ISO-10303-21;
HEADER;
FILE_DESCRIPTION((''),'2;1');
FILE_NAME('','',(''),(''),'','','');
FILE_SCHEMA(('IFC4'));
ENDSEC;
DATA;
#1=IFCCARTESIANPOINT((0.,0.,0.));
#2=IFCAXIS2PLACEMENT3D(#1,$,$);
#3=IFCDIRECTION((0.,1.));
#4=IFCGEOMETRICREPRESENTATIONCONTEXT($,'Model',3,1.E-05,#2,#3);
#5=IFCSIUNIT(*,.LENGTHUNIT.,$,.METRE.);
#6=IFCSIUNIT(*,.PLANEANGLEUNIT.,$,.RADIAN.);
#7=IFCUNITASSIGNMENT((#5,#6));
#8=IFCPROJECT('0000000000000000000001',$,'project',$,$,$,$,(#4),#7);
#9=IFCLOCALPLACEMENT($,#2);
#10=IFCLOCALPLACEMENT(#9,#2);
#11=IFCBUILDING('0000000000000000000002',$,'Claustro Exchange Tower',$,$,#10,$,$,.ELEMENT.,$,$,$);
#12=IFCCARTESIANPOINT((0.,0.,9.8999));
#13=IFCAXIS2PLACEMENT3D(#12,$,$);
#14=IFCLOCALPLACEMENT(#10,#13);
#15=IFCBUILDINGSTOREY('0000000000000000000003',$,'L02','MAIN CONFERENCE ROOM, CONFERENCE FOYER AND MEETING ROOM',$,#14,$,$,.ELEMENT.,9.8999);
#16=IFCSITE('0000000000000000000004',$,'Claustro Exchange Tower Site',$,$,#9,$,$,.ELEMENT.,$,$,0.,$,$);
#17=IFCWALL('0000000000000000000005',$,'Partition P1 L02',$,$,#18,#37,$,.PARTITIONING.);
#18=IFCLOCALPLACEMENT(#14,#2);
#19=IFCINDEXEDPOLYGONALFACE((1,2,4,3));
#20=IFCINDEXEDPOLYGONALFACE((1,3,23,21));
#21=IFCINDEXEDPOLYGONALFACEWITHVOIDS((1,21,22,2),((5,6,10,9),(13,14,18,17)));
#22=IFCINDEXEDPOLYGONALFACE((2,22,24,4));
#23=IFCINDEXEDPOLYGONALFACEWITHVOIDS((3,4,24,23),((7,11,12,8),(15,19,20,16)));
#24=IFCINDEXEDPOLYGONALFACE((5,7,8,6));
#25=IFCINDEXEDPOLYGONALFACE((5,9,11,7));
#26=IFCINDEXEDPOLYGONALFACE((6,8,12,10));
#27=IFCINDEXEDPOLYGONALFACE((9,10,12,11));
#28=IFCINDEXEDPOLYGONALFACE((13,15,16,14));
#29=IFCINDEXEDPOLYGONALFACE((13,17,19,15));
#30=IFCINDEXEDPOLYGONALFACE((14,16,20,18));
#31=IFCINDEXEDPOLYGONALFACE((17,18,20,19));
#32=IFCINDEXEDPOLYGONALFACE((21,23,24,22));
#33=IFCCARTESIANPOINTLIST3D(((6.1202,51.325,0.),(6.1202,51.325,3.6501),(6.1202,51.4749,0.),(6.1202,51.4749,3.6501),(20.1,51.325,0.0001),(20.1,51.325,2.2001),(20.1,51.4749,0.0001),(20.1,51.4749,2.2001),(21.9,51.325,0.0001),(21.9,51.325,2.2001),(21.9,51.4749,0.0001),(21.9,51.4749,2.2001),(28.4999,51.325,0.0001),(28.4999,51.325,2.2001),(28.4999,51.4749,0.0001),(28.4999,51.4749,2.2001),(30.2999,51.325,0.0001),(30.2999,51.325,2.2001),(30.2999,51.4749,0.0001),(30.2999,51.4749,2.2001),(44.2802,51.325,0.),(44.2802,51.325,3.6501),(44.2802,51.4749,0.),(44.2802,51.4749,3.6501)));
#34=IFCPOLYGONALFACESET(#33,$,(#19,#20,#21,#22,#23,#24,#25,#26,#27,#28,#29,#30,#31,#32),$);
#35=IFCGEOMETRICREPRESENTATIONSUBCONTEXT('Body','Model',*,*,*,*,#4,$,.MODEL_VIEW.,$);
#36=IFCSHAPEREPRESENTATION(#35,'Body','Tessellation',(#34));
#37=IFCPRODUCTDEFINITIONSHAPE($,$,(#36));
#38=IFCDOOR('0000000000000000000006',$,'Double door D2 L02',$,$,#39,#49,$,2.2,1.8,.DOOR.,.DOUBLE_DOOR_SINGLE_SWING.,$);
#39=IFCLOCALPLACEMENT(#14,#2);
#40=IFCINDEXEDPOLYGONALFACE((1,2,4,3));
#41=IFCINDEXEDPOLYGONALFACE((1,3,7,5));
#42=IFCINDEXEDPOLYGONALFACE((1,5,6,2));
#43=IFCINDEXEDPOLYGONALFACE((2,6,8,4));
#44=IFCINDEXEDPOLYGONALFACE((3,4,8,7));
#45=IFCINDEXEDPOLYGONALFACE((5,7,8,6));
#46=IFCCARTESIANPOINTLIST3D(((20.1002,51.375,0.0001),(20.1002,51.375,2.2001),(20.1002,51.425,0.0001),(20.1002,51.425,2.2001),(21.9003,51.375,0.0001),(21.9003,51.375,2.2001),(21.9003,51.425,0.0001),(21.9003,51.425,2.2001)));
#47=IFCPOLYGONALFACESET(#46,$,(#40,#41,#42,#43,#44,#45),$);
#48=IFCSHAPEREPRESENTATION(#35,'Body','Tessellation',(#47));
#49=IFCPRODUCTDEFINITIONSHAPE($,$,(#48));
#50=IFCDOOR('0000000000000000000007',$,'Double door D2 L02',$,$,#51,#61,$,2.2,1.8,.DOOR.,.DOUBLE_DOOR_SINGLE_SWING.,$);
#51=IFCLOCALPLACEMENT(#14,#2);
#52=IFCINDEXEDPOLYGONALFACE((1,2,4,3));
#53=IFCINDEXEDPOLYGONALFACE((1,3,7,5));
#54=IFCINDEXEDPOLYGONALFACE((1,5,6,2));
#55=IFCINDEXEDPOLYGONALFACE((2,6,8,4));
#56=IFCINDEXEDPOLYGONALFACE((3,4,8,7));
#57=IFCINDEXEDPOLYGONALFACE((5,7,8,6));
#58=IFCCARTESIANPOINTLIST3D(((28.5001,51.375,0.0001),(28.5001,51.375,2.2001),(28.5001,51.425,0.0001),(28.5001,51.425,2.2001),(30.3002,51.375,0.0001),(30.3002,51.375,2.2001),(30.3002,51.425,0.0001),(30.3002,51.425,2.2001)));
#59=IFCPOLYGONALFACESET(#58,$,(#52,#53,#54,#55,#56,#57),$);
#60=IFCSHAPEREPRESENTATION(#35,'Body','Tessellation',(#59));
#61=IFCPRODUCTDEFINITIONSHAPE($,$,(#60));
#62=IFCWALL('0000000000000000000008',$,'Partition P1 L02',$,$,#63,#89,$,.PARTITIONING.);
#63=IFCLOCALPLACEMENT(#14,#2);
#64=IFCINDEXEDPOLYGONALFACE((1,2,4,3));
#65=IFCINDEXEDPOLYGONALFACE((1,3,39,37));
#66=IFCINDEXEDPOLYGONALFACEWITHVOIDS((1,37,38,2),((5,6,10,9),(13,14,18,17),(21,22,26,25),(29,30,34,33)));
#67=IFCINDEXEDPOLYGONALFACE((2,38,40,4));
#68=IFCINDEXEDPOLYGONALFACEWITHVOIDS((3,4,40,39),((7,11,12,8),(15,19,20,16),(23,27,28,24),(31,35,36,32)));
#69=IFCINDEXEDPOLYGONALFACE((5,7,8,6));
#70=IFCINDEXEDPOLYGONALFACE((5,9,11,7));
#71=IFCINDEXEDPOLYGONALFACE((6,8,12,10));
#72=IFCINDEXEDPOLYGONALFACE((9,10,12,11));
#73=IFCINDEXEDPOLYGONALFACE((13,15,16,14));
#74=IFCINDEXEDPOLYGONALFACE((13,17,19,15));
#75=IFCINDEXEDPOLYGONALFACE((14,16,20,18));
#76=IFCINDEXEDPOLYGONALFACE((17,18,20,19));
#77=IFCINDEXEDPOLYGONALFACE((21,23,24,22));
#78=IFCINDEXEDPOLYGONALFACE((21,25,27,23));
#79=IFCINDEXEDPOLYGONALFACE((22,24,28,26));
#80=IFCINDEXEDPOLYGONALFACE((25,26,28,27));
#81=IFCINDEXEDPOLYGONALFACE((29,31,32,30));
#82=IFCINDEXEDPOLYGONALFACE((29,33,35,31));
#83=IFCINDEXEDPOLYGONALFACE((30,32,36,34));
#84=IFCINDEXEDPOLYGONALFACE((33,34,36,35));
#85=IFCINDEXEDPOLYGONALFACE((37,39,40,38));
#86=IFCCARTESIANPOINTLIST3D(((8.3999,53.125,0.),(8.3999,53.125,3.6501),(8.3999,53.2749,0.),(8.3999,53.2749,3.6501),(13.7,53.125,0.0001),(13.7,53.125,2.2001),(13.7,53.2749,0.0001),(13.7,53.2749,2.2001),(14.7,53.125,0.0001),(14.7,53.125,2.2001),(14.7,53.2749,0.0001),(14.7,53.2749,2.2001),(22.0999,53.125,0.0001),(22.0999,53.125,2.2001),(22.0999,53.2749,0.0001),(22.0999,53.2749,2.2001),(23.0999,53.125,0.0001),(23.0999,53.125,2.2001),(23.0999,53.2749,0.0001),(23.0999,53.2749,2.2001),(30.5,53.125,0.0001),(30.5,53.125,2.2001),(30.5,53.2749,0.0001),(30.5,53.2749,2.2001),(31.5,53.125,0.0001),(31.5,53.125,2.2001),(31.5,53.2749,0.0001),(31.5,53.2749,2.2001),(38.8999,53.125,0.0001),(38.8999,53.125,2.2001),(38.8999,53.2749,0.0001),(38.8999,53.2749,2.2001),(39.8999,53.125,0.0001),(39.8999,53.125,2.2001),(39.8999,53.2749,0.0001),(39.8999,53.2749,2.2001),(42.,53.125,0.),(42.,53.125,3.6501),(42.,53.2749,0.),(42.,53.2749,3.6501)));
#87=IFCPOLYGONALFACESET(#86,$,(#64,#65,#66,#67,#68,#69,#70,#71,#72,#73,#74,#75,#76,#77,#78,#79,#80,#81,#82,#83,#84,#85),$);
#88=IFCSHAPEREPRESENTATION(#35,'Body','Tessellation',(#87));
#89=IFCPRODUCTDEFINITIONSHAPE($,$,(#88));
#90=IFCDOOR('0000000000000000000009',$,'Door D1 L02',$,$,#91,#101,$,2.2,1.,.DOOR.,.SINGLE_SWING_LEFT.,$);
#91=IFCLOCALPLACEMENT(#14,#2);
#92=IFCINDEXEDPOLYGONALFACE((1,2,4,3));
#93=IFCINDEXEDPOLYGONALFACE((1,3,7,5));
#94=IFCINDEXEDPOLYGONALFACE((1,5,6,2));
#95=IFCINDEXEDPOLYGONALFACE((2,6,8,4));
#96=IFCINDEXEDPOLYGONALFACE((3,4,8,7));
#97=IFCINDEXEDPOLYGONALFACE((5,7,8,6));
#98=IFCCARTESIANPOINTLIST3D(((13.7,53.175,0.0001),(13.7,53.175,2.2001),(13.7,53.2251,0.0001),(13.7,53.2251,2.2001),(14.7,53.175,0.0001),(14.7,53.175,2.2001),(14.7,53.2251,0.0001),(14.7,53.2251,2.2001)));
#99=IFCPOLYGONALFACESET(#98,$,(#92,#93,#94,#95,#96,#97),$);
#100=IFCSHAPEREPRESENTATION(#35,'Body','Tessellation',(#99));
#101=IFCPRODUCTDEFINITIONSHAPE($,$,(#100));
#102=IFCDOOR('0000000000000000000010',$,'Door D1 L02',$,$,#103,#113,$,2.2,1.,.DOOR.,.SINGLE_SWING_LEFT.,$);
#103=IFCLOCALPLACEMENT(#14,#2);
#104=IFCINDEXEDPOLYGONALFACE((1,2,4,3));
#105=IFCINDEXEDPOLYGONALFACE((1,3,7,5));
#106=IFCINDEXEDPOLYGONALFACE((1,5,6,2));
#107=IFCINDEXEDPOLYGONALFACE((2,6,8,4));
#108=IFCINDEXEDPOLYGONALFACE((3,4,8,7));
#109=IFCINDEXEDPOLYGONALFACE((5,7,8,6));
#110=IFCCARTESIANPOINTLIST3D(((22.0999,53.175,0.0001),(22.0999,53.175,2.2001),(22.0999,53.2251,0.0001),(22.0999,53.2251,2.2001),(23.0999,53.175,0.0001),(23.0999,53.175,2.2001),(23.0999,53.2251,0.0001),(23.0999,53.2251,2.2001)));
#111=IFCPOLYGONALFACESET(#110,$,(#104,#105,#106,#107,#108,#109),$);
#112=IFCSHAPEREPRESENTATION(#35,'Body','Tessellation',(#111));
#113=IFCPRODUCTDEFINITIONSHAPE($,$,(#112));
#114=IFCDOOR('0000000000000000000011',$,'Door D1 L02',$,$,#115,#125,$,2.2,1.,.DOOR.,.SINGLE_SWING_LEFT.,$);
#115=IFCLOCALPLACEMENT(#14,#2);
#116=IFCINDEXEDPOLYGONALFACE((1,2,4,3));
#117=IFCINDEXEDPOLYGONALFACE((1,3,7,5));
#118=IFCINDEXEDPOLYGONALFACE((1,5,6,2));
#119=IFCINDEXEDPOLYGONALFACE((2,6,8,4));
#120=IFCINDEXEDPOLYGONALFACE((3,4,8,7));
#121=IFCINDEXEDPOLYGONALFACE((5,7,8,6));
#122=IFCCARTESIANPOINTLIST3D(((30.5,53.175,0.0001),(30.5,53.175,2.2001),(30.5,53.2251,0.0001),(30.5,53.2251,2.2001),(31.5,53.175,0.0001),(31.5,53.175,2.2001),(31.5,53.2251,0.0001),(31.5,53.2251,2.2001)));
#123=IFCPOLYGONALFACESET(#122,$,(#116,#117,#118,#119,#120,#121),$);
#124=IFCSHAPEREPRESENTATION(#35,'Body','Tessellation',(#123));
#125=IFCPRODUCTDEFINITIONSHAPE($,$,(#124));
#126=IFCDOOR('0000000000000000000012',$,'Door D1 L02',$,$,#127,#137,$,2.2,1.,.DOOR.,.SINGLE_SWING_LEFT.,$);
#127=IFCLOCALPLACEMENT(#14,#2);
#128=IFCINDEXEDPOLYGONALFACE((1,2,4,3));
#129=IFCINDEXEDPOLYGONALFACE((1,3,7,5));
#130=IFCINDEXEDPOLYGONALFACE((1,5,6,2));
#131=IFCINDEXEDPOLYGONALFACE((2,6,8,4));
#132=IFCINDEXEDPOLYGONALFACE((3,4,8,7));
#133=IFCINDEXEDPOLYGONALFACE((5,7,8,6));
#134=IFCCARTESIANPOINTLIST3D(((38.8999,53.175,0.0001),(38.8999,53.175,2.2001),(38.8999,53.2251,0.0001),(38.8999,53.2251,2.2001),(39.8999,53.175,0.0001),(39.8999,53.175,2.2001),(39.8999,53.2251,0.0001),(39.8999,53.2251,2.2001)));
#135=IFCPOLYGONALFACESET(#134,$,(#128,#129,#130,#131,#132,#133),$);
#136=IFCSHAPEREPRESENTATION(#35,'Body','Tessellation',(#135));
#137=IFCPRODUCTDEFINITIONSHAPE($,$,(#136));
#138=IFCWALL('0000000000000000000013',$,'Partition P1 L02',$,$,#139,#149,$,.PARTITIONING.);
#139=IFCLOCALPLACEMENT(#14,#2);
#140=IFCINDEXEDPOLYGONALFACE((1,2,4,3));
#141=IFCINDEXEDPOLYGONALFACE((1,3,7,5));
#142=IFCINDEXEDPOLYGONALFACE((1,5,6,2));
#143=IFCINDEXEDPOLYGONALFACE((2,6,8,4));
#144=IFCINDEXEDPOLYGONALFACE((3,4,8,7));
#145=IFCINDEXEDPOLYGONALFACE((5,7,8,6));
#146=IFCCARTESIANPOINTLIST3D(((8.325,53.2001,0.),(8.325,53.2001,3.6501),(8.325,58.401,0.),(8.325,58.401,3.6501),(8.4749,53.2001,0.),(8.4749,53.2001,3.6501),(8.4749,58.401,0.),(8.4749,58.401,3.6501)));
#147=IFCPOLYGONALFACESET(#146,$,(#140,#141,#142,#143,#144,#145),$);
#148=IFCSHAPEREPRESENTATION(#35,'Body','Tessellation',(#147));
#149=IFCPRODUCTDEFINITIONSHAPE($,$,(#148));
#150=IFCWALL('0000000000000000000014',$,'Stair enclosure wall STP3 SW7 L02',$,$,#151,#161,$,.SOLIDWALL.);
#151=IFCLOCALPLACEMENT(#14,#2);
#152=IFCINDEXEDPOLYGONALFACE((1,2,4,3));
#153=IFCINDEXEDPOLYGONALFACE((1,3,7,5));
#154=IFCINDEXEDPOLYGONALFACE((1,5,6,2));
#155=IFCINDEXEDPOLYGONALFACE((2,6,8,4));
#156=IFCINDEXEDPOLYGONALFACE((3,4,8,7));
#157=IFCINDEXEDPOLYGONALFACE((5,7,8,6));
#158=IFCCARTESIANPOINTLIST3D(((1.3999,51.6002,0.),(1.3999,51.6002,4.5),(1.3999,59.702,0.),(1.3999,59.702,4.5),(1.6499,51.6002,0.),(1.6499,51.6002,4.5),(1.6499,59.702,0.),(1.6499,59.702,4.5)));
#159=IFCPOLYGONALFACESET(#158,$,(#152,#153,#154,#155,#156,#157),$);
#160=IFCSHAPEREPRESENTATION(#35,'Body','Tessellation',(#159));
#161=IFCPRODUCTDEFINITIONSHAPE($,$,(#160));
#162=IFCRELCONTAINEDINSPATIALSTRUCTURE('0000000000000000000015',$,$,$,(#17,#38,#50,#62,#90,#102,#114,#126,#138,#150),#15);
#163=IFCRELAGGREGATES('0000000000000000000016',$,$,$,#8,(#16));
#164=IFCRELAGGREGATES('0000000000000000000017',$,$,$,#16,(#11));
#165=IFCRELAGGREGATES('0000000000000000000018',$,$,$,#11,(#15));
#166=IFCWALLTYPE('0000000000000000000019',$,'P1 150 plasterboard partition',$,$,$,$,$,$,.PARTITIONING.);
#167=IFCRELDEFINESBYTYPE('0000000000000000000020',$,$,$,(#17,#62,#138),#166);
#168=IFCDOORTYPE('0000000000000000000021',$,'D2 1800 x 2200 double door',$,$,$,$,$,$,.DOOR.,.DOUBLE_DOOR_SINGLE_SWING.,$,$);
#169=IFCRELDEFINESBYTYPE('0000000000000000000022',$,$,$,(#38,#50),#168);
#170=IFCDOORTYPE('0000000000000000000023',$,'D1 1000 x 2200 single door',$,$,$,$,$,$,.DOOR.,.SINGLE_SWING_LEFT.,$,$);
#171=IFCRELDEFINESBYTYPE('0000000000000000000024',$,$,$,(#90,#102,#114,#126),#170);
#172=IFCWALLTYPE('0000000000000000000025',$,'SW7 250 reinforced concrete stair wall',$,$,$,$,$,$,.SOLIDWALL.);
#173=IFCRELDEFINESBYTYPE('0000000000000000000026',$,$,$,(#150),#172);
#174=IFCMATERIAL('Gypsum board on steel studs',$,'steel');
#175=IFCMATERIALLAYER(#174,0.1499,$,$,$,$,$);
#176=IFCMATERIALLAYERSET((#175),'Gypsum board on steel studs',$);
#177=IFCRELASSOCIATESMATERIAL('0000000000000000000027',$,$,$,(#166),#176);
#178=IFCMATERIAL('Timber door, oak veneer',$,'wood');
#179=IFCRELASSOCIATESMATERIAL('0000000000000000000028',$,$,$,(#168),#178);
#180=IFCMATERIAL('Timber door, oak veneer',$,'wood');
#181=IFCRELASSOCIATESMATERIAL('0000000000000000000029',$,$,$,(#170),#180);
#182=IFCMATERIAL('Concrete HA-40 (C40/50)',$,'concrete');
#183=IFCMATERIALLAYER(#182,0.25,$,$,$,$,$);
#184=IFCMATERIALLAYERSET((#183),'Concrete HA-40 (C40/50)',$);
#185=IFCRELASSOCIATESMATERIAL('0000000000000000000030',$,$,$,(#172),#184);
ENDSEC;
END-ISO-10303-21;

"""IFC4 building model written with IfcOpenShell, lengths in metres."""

from ifc_helpers import new_model, si_unit, direction, frame, frame_2d, origin, place, context, subcontext, project, spatial, rectangle, extrude, material, layer, layer_set, type_object, element, fill, save


model = new_model("IFC4")

# Units and contexts
model_context = context("Model", 3, precision=1e-05, world=origin(), true_north=direction((0.0, 1.0)))
body_context = subcontext(model_context, "Body", "Model", "MODEL_VIEW")
ifc_project = project(units=[si_unit("LENGTHUNIT", "METRE"), si_unit("PLANEANGLEUNIT", "RADIAN")], contexts=[model_context])

# Site, building, storey
site_placement = place(None, origin())
site = spatial("IfcSite", under=ifc_project, at=site_placement, Name="Claustro Exchange Tower Site", CompositionType="ELEMENT", RefElevation=0.0)
building_placement = place(site_placement, origin())
building = spatial("IfcBuilding", under=site, at=building_placement, Name="Claustro Exchange Tower", CompositionType="ELEMENT")
storey_placement = place(building_placement, frame((0.0, 0.0, 9.8999)))
storey = spatial("IfcBuildingStorey", under=building, at=storey_placement, Name="L02", Description="MAIN CONFERENCE ROOM, CONFERENCE FOYER AND MEETING ROOM", CompositionType="ELEMENT", Elevation=9.8999)

# Walls, openings, doors
ifc_material_1 = material(Name="Gypsum board on steel studs", Category="steel")
ifc_layer_1 = layer(ifc_material_1, 0.1499)
ifc_layer_set_1 = layer_set([ifc_layer_1], Name="Gypsum board on steel studs")
wall_type_1 = type_object("IfcWallType", Name="P1 150 plasterboard partition", PredefinedType="PARTITIONING", material=ifc_layer_set_1)
wall_1_placement = place(storey_placement, frame((6.1201, 51.3999, 0.0), z_axis=(0.0, 0.0, 1.0), x_axis=(1.0, 0.0, 0.0)))
wall_1 = element("IfcWall", 1, at=wall_1_placement, inside=storey, type_object=wall_type_1, Name="Partition P1 L02", PredefinedType="PARTITIONING", context=body_context, shape_type="SweptSolid", body=[
    extrude(rectangle(XDim=38.1599, YDim=0.1499, at=frame_2d((19.0801, 0.0))), origin(), (0.0, 0.0, 1.0), 3.6501),
])
opening_1_placement = place(wall_1_placement, frame((13.98, 0.0, 0.0)))
opening_1 = element("IfcOpeningElement", 2, at=opening_1_placement, cuts=wall_1, PredefinedType="OPENING", context=body_context, shape_type="SweptSolid", body=[
    extrude(rectangle(XDim=1.8, YDim=2.2, at=frame_2d((0.8999, 1.1001))), frame((0.0, 0.085, 0.0), z_axis=(0.0, -1.0, 0.0), x_axis=(1.0, 0.0, 0.0)), (0.0, 0.0, 1.0), 0.1699),
])
opening_2_placement = place(wall_1_placement, frame((22.3799, 0.0, 0.0)))
opening_2 = element("IfcOpeningElement", 3, at=opening_2_placement, cuts=wall_1, PredefinedType="OPENING", context=body_context, shape_type="SweptSolid", body=[
    extrude(rectangle(XDim=1.8, YDim=2.2, at=frame_2d((0.8999, 1.1001))), frame((0.0, 0.085, 0.0), z_axis=(0.0, -1.0, 0.0), x_axis=(1.0, 0.0, 0.0)), (0.0, 0.0, 1.0), 0.1699),
])
ifc_material_2 = material(Name="Timber door, oak veneer", Category="wood")
door_type_1 = type_object("IfcDoorType", Name="D2 1800 x 2200 double door", OperationType="DOUBLE_DOOR_SINGLE_SWING", PredefinedType="DOOR", material=ifc_material_2)
door_1_placement = place(opening_1_placement, frame((1.8, 0.0, 0.0), z_axis=(0.0, 0.0, 1.0), x_axis=(-1.0, 0.0, 0.0)))
door_1 = element("IfcDoor", 4, at=door_1_placement, inside=storey, type_object=door_type_1, Name="Double door D2 L02", OperationType="DOUBLE_DOOR_SINGLE_SWING", OverallHeight=2.2, OverallWidth=1.8, PredefinedType="DOOR", context=body_context, shape_type="SweptSolid", body=[
    extrude(rectangle(XDim=1.8, YDim=2.2, at=frame_2d((0.8999, 1.1001))), frame((0.0, 0.0249, 0.0), z_axis=(0.0, -1.0, 0.0), x_axis=(1.0, 0.0, 0.0)), (0.0, 0.0, 1.0), 0.05),
])
fill(opening_1, door_1)
door_2_placement = place(opening_2_placement, frame((1.8, 0.0, 0.0), z_axis=(0.0, 0.0, 1.0), x_axis=(-1.0, 0.0, 0.0)))
door_2 = element("IfcDoor", 5, at=door_2_placement, inside=storey, type_object=door_type_1, Name="Double door D2 L02", OperationType="DOUBLE_DOOR_SINGLE_SWING", OverallHeight=2.2, OverallWidth=1.8, PredefinedType="DOOR", context=body_context, shape_type="SweptSolid", body=[
    extrude(rectangle(XDim=1.8, YDim=2.2, at=frame_2d((0.8999, 1.1001))), frame((0.0, 0.0249, 0.0), z_axis=(0.0, -1.0, 0.0), x_axis=(1.0, 0.0, 0.0)), (0.0, 0.0, 1.0), 0.05),
])
fill(opening_2, door_2)
wall_2_placement = place(storey_placement, frame((8.3999, 53.2, 0.0), z_axis=(0.0, 0.0, 1.0), x_axis=(1.0, 0.0, 0.0)))
wall_2 = element("IfcWall", 6, at=wall_2_placement, inside=storey, type_object=wall_type_1, Name="Partition P1 L02", PredefinedType="PARTITIONING", context=body_context, shape_type="SweptSolid", body=[
    extrude(rectangle(XDim=33.6001, YDim=0.1499, at=frame_2d((16.8, 0.0))), origin(), (0.0, 0.0, 1.0), 3.6501),
])
opening_3_placement = place(wall_2_placement, frame((5.3, 0.0, 0.0)))
opening_3 = element("IfcOpeningElement", 7, at=opening_3_placement, cuts=wall_2, PredefinedType="OPENING", context=body_context, shape_type="SweptSolid", body=[
    extrude(rectangle(XDim=1.0, YDim=2.2, at=frame_2d((0.5, 1.1001))), frame((0.0, 0.085, 0.0), z_axis=(0.0, -1.0, 0.0), x_axis=(1.0, 0.0, 0.0)), (0.0, 0.0, 1.0), 0.1699),
])
opening_4_placement = place(wall_2_placement, frame((13.7, 0.0, 0.0)))
opening_4 = element("IfcOpeningElement", 8, at=opening_4_placement, cuts=wall_2, PredefinedType="OPENING", context=body_context, shape_type="SweptSolid", body=[
    extrude(rectangle(XDim=1.0, YDim=2.2, at=frame_2d((0.5, 1.1001))), frame((0.0, 0.085, 0.0), z_axis=(0.0, -1.0, 0.0), x_axis=(1.0, 0.0, 0.0)), (0.0, 0.0, 1.0), 0.1699),
])
opening_5_placement = place(wall_2_placement, frame((22.1001, 0.0, 0.0)))
opening_5 = element("IfcOpeningElement", 9, at=opening_5_placement, cuts=wall_2, PredefinedType="OPENING", context=body_context, shape_type="SweptSolid", body=[
    extrude(rectangle(XDim=1.0, YDim=2.2, at=frame_2d((0.5, 1.1001))), frame((0.0, 0.085, 0.0), z_axis=(0.0, -1.0, 0.0), x_axis=(1.0, 0.0, 0.0)), (0.0, 0.0, 1.0), 0.1699),
])
opening_6_placement = place(wall_2_placement, frame((30.5, 0.0, 0.0)))
opening_6 = element("IfcOpeningElement", 10, at=opening_6_placement, cuts=wall_2, PredefinedType="OPENING", context=body_context, shape_type="SweptSolid", body=[
    extrude(rectangle(XDim=1.0, YDim=2.2, at=frame_2d((0.5, 1.1001))), frame((0.0, 0.085, 0.0), z_axis=(0.0, -1.0, 0.0), x_axis=(1.0, 0.0, 0.0)), (0.0, 0.0, 1.0), 0.1699),
])
ifc_material_3 = material(Name="Timber door, oak veneer", Category="wood")
door_type_2 = type_object("IfcDoorType", Name="D1 1000 x 2200 single door", OperationType="SINGLE_SWING_LEFT", PredefinedType="DOOR", material=ifc_material_3)
door_3_placement = place(opening_3_placement, frame((1.0, 0.0, 0.0), z_axis=(0.0, 0.0, 1.0), x_axis=(-1.0, 0.0, 0.0)))
door_3 = element("IfcDoor", 11, at=door_3_placement, inside=storey, type_object=door_type_2, Name="Door D1 L02", OperationType="SINGLE_SWING_LEFT", OverallHeight=2.2, OverallWidth=1.0, PredefinedType="DOOR", context=body_context, shape_type="SweptSolid", body=[
    extrude(rectangle(XDim=1.0, YDim=2.2, at=frame_2d((0.5, 1.1001))), frame((0.0, 0.0249, 0.0), z_axis=(0.0, -1.0, 0.0), x_axis=(1.0, 0.0, 0.0)), (0.0, 0.0, 1.0), 0.05),
])
fill(opening_3, door_3)
door_4_placement = place(opening_4_placement, frame((1.0, 0.0, 0.0), z_axis=(0.0, 0.0, 1.0), x_axis=(-1.0, 0.0, 0.0)))
door_4 = element("IfcDoor", 12, at=door_4_placement, inside=storey, type_object=door_type_2, Name="Door D1 L02", OperationType="SINGLE_SWING_LEFT", OverallHeight=2.2, OverallWidth=1.0, PredefinedType="DOOR", context=body_context, shape_type="SweptSolid", body=[
    extrude(rectangle(XDim=1.0, YDim=2.2, at=frame_2d((0.5, 1.1001))), frame((0.0, 0.0249, 0.0), z_axis=(0.0, -1.0, 0.0), x_axis=(1.0, 0.0, 0.0)), (0.0, 0.0, 1.0), 0.05),
])
fill(opening_4, door_4)
door_5_placement = place(opening_5_placement, frame((1.0, 0.0, 0.0), z_axis=(0.0, 0.0, 1.0), x_axis=(-1.0, 0.0, 0.0)))
door_5 = element("IfcDoor", 13, at=door_5_placement, inside=storey, type_object=door_type_2, Name="Door D1 L02", OperationType="SINGLE_SWING_LEFT", OverallHeight=2.2, OverallWidth=1.0, PredefinedType="DOOR", context=body_context, shape_type="SweptSolid", body=[
    extrude(rectangle(XDim=1.0, YDim=2.2, at=frame_2d((0.5, 1.1001))), frame((0.0, 0.0249, 0.0), z_axis=(0.0, -1.0, 0.0), x_axis=(1.0, 0.0, 0.0)), (0.0, 0.0, 1.0), 0.05),
])
fill(opening_5, door_5)
door_6_placement = place(opening_6_placement, frame((1.0, 0.0, 0.0), z_axis=(0.0, 0.0, 1.0), x_axis=(-1.0, 0.0, 0.0)))
door_6 = element("IfcDoor", 14, at=door_6_placement, inside=storey, type_object=door_type_2, Name="Door D1 L02", OperationType="SINGLE_SWING_LEFT", OverallHeight=2.2, OverallWidth=1.0, PredefinedType="DOOR", context=body_context, shape_type="SweptSolid", body=[
    extrude(rectangle(XDim=1.0, YDim=2.2, at=frame_2d((0.5, 1.1001))), frame((0.0, 0.0249, 0.0), z_axis=(0.0, -1.0, 0.0), x_axis=(1.0, 0.0, 0.0)), (0.0, 0.0, 1.0), 0.05),
])
fill(opening_6, door_6)

# Walls
wall_3_placement = place(storey_placement, frame((8.3999, 53.2, 0.0), z_axis=(0.0, 0.0, 1.0), x_axis=(0.0, 1.0, 0.0)))
element("IfcWall", 15, at=wall_3_placement, inside=storey, type_object=wall_type_1, Name="Partition P1 L02", PredefinedType="PARTITIONING", context=body_context, shape_type="SweptSolid", body=[
    extrude(rectangle(XDim=5.2009, YDim=0.1499, at=frame_2d((2.6006, 0.0))), origin(), (0.0, 0.0, 1.0), 3.6501),
])
ifc_material_4 = material(Name="Concrete HA-40 (C40/50)", Category="concrete")
ifc_layer_2 = layer(ifc_material_4, 0.25)
ifc_layer_set_2 = layer_set([ifc_layer_2], Name="Concrete HA-40 (C40/50)")
wall_type_2 = type_object("IfcWallType", Name="SW7 250 reinforced concrete stair wall", PredefinedType="SOLIDWALL", material=ifc_layer_set_2)
wall_4_placement = place(storey_placement, frame((1.5249, 59.7019, 0.0), z_axis=(0.0, 0.0, 1.0), x_axis=(0.0, -1.0, 0.0)))
element("IfcWall", 16, at=wall_4_placement, inside=storey, type_object=wall_type_2, Name="Stair enclosure wall STP3 SW7 L02", PredefinedType="SOLIDWALL", context=body_context, shape_type="SweptSolid", body=[
    extrude(rectangle(XDim=8.1018, YDim=0.25, at=frame_2d((4.0508, 0.0))), origin(), (0.0, 0.0, 1.0), 4.5),
])

save(model, "model.ifc")
